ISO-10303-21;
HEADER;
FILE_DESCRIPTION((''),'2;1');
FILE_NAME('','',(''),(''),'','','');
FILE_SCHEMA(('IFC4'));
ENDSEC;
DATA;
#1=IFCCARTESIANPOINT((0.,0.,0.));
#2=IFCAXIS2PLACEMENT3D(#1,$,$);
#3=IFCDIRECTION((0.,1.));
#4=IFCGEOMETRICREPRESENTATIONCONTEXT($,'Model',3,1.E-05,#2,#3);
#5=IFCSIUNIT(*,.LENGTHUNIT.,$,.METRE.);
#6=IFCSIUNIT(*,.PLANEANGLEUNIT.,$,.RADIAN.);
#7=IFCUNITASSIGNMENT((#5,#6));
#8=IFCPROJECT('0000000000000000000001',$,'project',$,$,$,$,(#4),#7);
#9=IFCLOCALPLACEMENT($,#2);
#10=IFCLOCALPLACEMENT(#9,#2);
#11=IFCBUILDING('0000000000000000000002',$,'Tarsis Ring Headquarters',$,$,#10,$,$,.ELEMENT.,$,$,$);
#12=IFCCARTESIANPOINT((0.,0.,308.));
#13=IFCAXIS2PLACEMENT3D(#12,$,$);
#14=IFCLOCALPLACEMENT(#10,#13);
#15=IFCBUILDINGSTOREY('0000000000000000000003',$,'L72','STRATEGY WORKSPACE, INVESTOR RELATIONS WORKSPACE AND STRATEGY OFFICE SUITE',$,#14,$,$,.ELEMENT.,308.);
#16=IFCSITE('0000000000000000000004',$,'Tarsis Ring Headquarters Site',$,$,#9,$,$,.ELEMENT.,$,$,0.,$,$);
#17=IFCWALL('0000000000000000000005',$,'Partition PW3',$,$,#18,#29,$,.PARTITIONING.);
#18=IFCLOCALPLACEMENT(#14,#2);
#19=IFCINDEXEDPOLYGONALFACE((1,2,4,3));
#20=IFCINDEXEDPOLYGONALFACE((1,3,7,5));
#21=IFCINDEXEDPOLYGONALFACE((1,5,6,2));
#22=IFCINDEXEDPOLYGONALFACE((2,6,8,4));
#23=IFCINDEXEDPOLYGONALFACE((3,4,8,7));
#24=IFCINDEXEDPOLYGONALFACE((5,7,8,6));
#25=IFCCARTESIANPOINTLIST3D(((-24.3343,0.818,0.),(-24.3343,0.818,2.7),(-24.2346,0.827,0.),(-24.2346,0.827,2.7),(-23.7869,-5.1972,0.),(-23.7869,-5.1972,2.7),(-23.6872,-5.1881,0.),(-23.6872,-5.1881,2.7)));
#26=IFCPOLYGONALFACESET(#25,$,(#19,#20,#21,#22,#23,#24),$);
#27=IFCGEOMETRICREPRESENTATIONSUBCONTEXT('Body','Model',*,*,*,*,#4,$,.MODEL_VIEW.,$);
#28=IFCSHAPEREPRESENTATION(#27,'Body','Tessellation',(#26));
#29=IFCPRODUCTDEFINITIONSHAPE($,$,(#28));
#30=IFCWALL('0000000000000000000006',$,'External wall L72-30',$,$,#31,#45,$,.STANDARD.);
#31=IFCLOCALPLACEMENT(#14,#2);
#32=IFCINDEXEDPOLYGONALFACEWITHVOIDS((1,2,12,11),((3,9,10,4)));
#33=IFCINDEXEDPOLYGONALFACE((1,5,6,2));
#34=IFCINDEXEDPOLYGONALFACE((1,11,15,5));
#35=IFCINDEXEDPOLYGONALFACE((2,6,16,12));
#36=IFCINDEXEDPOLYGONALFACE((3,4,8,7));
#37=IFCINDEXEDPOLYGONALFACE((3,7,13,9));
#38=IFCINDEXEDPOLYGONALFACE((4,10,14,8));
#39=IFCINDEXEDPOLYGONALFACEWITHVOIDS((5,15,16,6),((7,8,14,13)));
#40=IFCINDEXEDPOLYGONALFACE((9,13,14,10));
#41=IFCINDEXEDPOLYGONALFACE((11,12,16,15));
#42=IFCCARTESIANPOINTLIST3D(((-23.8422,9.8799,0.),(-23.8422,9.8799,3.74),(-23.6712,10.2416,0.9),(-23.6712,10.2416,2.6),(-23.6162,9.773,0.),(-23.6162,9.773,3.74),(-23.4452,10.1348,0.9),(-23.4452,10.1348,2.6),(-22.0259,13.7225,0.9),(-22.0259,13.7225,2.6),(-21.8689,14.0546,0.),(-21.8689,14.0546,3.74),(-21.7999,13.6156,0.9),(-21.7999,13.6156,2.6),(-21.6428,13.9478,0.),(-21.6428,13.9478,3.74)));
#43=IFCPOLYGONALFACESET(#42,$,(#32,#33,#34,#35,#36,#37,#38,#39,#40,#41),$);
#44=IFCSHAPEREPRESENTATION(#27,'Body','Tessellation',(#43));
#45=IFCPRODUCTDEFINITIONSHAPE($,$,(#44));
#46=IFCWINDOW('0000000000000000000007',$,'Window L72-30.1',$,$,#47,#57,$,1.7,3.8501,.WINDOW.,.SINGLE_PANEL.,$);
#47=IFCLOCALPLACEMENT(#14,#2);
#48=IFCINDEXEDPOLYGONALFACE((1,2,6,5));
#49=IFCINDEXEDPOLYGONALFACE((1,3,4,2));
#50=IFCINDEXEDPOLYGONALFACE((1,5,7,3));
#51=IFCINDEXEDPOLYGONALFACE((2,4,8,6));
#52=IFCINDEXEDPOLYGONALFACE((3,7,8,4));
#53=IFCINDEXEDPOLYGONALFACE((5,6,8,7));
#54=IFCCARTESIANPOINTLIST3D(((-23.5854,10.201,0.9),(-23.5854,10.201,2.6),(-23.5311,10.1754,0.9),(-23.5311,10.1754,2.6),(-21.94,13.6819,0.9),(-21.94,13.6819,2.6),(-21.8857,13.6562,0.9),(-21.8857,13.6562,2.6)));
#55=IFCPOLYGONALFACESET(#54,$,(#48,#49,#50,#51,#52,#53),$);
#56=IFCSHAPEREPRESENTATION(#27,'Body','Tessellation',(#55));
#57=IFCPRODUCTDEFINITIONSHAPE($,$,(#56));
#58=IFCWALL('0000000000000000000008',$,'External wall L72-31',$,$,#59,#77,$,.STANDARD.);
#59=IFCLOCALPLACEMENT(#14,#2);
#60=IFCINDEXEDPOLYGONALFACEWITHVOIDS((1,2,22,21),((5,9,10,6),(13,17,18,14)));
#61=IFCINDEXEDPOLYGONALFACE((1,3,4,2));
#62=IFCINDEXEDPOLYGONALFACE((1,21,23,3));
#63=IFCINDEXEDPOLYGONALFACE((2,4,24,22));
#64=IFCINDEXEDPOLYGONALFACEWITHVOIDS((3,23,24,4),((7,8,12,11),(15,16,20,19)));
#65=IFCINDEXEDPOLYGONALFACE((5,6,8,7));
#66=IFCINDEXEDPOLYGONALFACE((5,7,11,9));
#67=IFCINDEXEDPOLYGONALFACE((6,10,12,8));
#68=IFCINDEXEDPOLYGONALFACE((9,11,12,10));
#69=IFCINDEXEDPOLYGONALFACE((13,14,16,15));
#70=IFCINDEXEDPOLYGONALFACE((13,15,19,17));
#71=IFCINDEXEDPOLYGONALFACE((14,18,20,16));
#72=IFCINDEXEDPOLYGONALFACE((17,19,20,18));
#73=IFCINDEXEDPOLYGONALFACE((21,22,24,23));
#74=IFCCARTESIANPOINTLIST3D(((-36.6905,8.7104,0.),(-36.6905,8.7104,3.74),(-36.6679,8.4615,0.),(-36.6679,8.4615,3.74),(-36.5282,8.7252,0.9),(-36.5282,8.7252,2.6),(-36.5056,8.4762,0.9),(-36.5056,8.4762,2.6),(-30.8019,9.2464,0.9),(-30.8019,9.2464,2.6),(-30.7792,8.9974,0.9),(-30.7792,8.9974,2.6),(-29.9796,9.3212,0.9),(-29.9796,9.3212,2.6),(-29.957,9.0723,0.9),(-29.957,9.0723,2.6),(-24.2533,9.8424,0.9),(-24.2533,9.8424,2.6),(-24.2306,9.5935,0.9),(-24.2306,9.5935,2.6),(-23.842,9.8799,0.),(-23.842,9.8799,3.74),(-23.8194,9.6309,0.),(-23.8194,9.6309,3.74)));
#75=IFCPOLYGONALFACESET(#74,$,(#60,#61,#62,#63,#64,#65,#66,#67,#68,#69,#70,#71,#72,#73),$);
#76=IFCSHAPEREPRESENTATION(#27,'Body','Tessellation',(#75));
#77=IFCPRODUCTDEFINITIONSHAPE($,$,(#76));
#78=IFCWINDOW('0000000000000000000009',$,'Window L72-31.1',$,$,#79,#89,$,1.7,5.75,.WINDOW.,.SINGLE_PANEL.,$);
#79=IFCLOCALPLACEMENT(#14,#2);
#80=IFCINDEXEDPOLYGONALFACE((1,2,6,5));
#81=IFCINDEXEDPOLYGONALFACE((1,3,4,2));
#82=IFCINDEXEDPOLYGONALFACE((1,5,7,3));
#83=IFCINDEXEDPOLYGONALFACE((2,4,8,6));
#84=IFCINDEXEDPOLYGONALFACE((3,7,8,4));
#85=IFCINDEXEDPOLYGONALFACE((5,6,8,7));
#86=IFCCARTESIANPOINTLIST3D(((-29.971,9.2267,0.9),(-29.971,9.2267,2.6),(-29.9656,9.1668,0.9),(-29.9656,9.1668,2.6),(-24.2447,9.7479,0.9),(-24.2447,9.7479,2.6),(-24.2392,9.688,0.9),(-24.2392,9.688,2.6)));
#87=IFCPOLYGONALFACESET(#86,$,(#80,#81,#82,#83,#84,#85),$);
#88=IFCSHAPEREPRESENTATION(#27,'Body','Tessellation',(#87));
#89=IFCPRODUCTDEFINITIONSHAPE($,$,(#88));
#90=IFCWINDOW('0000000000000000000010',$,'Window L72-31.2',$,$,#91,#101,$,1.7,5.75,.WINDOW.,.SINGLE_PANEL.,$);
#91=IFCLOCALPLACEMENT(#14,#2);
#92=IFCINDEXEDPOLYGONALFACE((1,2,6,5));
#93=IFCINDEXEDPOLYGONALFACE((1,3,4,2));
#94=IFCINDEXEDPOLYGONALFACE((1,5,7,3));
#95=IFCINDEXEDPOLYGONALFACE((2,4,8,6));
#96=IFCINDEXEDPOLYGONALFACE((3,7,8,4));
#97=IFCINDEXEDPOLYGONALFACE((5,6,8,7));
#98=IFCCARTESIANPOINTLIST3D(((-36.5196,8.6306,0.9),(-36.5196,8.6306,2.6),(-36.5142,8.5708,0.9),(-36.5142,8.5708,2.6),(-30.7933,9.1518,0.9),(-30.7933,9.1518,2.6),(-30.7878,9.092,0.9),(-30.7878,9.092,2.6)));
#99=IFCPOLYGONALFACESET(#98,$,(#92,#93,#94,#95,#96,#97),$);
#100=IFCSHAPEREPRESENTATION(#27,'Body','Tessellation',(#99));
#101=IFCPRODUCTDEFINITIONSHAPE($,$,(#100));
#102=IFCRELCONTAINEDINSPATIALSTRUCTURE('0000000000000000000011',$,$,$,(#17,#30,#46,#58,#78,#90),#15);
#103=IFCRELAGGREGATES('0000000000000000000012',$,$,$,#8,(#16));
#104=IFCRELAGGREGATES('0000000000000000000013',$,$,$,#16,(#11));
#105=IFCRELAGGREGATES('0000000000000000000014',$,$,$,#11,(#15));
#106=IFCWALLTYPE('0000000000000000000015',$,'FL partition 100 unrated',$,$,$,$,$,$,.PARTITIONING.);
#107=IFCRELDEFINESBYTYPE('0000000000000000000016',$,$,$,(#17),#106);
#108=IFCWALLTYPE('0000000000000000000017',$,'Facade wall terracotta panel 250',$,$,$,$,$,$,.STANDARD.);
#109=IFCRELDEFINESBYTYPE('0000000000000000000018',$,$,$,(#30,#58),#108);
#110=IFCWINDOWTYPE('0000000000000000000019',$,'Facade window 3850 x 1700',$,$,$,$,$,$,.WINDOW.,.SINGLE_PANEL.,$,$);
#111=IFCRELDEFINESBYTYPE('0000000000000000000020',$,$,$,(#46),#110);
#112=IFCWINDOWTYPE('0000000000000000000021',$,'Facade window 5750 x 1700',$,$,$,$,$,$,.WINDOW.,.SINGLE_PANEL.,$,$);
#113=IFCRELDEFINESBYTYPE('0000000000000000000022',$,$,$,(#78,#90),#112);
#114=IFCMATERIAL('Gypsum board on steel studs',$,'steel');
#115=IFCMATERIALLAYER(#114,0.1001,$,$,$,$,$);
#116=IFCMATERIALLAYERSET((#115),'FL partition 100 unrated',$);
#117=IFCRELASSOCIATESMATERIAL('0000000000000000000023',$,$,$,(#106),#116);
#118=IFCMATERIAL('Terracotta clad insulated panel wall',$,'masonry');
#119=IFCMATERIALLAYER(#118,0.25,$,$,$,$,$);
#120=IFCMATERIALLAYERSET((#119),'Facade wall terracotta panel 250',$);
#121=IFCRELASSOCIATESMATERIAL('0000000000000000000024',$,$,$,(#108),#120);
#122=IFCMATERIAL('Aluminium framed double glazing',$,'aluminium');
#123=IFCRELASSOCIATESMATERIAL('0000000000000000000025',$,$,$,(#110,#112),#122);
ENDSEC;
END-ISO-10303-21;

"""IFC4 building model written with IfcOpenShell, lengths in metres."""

from ifc_helpers import new_model, si_unit, direction, frame, frame_2d, origin, place, context, subcontext, project, spatial, rectangle, extrude, material, layer, layer_set, type_object, element, fill, save


model = new_model("IFC4")

# Units and contexts
model_context = context("Model", 3, precision=1e-05, world=origin(), true_north=direction((0.0, 1.0)))
body_context = subcontext(model_context, "Body", "Model", "MODEL_VIEW")
ifc_project = project(units=[si_unit("LENGTHUNIT", "METRE"), si_unit("PLANEANGLEUNIT", "RADIAN")], contexts=[model_context])

# Site, building, storey
site_placement = place(None, origin())
site = spatial("IfcSite", under=ifc_project, at=site_placement, Name="Tarsis Ring Headquarters Site", CompositionType="ELEMENT", RefElevation=0.0)
building_placement = place(site_placement, origin())
building = spatial("IfcBuilding", under=site, at=building_placement, Name="Tarsis Ring Headquarters", CompositionType="ELEMENT")
storey_placement = place(building_placement, frame((0.0, 0.0, 308.0)))
storey = spatial("IfcBuildingStorey", under=building, at=storey_placement, Name="L72", Description="STRATEGY WORKSPACE, INVESTOR RELATIONS WORKSPACE AND STRATEGY OFFICE SUITE", CompositionType="ELEMENT", Elevation=308.0)

# Wall
ifc_material_1 = material(Name="Gypsum board on steel studs", Category="steel")
ifc_layer_1 = layer(ifc_material_1, 0.1001)
ifc_layer_set_1 = layer_set([ifc_layer_1], Name="FL partition 100 unrated")
wall_type_1 = type_object("IfcWallType", Name="FL partition 100 unrated", PredefinedType="PARTITIONING", material=ifc_layer_set_1)
wall_1_placement = place(storey_placement, frame((-24.2844, 0.8225, 0.0), z_axis=(0.0, 0.0, 1.0), x_axis=(0.090623, -0.995885, 0.0)))
element("IfcWall", 1, at=wall_1_placement, inside=storey, type_object=wall_type_1, Name="Partition PW3", PredefinedType="PARTITIONING", context=body_context, shape_type="SweptSolid", body=[
    extrude(rectangle(XDim=6.04, YDim=0.1001, at=frame_2d((3.02, 0.0))), origin(), (0.0, 0.0, 1.0), 2.7),
])

# Wall, opening, window
ifc_material_2 = material(Name="Terracotta clad insulated panel wall", Category="masonry")
ifc_layer_2 = layer(ifc_material_2, 0.25)
ifc_layer_set_2 = layer_set([ifc_layer_2], Name="Facade wall terracotta panel 250")
wall_type_2 = type_object("IfcWallType", Name="Facade wall terracotta panel 250", PredefinedType="STANDARD", material=ifc_layer_set_2)
wall_2_placement = place(storey_placement, frame((-21.7559, 14.0012, 0.0), z_axis=(0.0, 0.0, 1.0), x_axis=(-0.427352, -0.904085, 0.0)))
wall_2 = element("IfcWall", 2, at=wall_2_placement, inside=storey, type_object=wall_type_2, Name="External wall L72-30", PredefinedType="STANDARD", context=body_context, shape_type="SweptSolid", body=[
    extrude(rectangle(XDim=4.6177, YDim=0.25, at=frame_2d((2.3088, 0.0))), origin(), (0.0, 0.0, 1.0), 3.74),
])
opening_1_placement = place(wall_2_placement, frame((0.3674, 0.0, 0.8999)))
opening_1 = element("IfcOpeningElement", 3, at=opening_1_placement, cuts=wall_2, PredefinedType="OPENING", context=body_context, shape_type="SweptSolid", body=[
    extrude(rectangle(XDim=3.8501, YDim=1.7, at=frame_2d((1.925, 0.8501))), frame((0.0, 0.135, 0.0), z_axis=(0.0, -1.0, 0.0), x_axis=(1.0, 0.0, 0.0)), (0.0, 0.0, 1.0), 0.27),
])
ifc_material_3 = material(Name="Aluminium framed double glazing", Category="aluminium")
window_type_1 = type_object("IfcWindowType", Name="Facade window 3850 x 1700", PartitioningType="SINGLE_PANEL", PredefinedType="WINDOW", material=ifc_material_3)
window_1_placement = place(opening_1_placement, origin())
window_1 = element("IfcWindow", 4, at=window_1_placement, inside=storey, type_object=window_type_1, Name="Window L72-30.1", OverallHeight=1.7, OverallWidth=3.8501, PartitioningType="SINGLE_PANEL", PredefinedType="WINDOW", context=body_context, shape_type="SweptSolid", body=[
    extrude(rectangle(XDim=3.8501, YDim=1.7, at=frame_2d((1.925, 0.8501))), frame((0.0, 0.03, 0.0), z_axis=(0.0, -1.0, 0.0), x_axis=(1.0, 0.0, 0.0)), (0.0, 0.0, 1.0), 0.0601),
])
fill(opening_1, window_1)

# Wall, openings, windows
wall_3_placement = place(storey_placement, frame((-23.8308, 9.7554, 0.0), z_axis=(0.0, 0.0, 1.0), x_axis=(-0.995883, -0.090643, 0.0)))
wall_3 = element("IfcWall", 5, at=wall_3_placement, inside=storey, type_object=wall_type_2, Name="External wall L72-31", PredefinedType="STANDARD", context=body_context, shape_type="SweptSolid", body=[
    extrude(rectangle(XDim=12.9016, YDim=0.25, at=frame_2d((6.4507, 0.0))), origin(), (0.0, 0.0, 1.0), 3.74),
])
opening_2_placement = place(wall_3_placement, frame((0.4128, 0.0, 0.8999)))
opening_2 = element("IfcOpeningElement", 6, at=opening_2_placement, cuts=wall_3, PredefinedType="OPENING", context=body_context, shape_type="SweptSolid", body=[
    extrude(rectangle(XDim=5.75, YDim=1.7, at=frame_2d((2.875, 0.8501))), frame((0.0, 0.135, 0.0), z_axis=(0.0, -1.0, 0.0), x_axis=(1.0, 0.0, 0.0)), (0.0, 0.0, 1.0), 0.27),
])
opening_3_placement = place(wall_3_placement, frame((6.9885, 0.0, 0.8999)))
opening_3 = element("IfcOpeningElement", 7, at=opening_3_placement, cuts=wall_3, PredefinedType="OPENING", context=body_context, shape_type="SweptSolid", body=[
    extrude(rectangle(XDim=5.75, YDim=1.7, at=frame_2d((2.875, 0.8501))), frame((0.0, 0.135, 0.0), z_axis=(0.0, -1.0, 0.0), x_axis=(1.0, 0.0, 0.0)), (0.0, 0.0, 1.0), 0.27),
])
window_type_2 = type_object("IfcWindowType", Name="Facade window 5750 x 1700", PartitioningType="SINGLE_PANEL", PredefinedType="WINDOW", material=ifc_material_3)
window_2_placement = place(opening_2_placement, origin())
window_2 = element("IfcWindow", 8, at=window_2_placement, inside=storey, type_object=window_type_2, Name="Window L72-31.1", OverallHeight=1.7, OverallWidth=5.75, PartitioningType="SINGLE_PANEL", PredefinedType="WINDOW", context=body_context, shape_type="SweptSolid", body=[
    extrude(rectangle(XDim=5.75, YDim=1.7, at=frame_2d((2.875, 0.8501))), frame((0.0, 0.03, 0.0), z_axis=(0.0, -1.0, 0.0), x_axis=(1.0, 0.0, 0.0)), (0.0, 0.0, 1.0), 0.0601),
])
fill(opening_2, window_2)
window_3_placement = place(opening_3_placement, origin())
window_3 = element("IfcWindow", 9, at=window_3_placement, inside=storey, type_object=window_type_2, Name="Window L72-31.2", OverallHeight=1.7, OverallWidth=5.75, PartitioningType="SINGLE_PANEL", PredefinedType="WINDOW", context=body_context, shape_type="SweptSolid", body=[
    extrude(rectangle(XDim=5.75, YDim=1.7, at=frame_2d((2.875, 0.8501))), frame((0.0, 0.03, 0.0), z_axis=(0.0, -1.0, 0.0), x_axis=(1.0, 0.0, 0.0)), (0.0, 0.0, 1.0), 0.0601),
])
fill(opening_3, window_3)

save(model, "model.ifc")
